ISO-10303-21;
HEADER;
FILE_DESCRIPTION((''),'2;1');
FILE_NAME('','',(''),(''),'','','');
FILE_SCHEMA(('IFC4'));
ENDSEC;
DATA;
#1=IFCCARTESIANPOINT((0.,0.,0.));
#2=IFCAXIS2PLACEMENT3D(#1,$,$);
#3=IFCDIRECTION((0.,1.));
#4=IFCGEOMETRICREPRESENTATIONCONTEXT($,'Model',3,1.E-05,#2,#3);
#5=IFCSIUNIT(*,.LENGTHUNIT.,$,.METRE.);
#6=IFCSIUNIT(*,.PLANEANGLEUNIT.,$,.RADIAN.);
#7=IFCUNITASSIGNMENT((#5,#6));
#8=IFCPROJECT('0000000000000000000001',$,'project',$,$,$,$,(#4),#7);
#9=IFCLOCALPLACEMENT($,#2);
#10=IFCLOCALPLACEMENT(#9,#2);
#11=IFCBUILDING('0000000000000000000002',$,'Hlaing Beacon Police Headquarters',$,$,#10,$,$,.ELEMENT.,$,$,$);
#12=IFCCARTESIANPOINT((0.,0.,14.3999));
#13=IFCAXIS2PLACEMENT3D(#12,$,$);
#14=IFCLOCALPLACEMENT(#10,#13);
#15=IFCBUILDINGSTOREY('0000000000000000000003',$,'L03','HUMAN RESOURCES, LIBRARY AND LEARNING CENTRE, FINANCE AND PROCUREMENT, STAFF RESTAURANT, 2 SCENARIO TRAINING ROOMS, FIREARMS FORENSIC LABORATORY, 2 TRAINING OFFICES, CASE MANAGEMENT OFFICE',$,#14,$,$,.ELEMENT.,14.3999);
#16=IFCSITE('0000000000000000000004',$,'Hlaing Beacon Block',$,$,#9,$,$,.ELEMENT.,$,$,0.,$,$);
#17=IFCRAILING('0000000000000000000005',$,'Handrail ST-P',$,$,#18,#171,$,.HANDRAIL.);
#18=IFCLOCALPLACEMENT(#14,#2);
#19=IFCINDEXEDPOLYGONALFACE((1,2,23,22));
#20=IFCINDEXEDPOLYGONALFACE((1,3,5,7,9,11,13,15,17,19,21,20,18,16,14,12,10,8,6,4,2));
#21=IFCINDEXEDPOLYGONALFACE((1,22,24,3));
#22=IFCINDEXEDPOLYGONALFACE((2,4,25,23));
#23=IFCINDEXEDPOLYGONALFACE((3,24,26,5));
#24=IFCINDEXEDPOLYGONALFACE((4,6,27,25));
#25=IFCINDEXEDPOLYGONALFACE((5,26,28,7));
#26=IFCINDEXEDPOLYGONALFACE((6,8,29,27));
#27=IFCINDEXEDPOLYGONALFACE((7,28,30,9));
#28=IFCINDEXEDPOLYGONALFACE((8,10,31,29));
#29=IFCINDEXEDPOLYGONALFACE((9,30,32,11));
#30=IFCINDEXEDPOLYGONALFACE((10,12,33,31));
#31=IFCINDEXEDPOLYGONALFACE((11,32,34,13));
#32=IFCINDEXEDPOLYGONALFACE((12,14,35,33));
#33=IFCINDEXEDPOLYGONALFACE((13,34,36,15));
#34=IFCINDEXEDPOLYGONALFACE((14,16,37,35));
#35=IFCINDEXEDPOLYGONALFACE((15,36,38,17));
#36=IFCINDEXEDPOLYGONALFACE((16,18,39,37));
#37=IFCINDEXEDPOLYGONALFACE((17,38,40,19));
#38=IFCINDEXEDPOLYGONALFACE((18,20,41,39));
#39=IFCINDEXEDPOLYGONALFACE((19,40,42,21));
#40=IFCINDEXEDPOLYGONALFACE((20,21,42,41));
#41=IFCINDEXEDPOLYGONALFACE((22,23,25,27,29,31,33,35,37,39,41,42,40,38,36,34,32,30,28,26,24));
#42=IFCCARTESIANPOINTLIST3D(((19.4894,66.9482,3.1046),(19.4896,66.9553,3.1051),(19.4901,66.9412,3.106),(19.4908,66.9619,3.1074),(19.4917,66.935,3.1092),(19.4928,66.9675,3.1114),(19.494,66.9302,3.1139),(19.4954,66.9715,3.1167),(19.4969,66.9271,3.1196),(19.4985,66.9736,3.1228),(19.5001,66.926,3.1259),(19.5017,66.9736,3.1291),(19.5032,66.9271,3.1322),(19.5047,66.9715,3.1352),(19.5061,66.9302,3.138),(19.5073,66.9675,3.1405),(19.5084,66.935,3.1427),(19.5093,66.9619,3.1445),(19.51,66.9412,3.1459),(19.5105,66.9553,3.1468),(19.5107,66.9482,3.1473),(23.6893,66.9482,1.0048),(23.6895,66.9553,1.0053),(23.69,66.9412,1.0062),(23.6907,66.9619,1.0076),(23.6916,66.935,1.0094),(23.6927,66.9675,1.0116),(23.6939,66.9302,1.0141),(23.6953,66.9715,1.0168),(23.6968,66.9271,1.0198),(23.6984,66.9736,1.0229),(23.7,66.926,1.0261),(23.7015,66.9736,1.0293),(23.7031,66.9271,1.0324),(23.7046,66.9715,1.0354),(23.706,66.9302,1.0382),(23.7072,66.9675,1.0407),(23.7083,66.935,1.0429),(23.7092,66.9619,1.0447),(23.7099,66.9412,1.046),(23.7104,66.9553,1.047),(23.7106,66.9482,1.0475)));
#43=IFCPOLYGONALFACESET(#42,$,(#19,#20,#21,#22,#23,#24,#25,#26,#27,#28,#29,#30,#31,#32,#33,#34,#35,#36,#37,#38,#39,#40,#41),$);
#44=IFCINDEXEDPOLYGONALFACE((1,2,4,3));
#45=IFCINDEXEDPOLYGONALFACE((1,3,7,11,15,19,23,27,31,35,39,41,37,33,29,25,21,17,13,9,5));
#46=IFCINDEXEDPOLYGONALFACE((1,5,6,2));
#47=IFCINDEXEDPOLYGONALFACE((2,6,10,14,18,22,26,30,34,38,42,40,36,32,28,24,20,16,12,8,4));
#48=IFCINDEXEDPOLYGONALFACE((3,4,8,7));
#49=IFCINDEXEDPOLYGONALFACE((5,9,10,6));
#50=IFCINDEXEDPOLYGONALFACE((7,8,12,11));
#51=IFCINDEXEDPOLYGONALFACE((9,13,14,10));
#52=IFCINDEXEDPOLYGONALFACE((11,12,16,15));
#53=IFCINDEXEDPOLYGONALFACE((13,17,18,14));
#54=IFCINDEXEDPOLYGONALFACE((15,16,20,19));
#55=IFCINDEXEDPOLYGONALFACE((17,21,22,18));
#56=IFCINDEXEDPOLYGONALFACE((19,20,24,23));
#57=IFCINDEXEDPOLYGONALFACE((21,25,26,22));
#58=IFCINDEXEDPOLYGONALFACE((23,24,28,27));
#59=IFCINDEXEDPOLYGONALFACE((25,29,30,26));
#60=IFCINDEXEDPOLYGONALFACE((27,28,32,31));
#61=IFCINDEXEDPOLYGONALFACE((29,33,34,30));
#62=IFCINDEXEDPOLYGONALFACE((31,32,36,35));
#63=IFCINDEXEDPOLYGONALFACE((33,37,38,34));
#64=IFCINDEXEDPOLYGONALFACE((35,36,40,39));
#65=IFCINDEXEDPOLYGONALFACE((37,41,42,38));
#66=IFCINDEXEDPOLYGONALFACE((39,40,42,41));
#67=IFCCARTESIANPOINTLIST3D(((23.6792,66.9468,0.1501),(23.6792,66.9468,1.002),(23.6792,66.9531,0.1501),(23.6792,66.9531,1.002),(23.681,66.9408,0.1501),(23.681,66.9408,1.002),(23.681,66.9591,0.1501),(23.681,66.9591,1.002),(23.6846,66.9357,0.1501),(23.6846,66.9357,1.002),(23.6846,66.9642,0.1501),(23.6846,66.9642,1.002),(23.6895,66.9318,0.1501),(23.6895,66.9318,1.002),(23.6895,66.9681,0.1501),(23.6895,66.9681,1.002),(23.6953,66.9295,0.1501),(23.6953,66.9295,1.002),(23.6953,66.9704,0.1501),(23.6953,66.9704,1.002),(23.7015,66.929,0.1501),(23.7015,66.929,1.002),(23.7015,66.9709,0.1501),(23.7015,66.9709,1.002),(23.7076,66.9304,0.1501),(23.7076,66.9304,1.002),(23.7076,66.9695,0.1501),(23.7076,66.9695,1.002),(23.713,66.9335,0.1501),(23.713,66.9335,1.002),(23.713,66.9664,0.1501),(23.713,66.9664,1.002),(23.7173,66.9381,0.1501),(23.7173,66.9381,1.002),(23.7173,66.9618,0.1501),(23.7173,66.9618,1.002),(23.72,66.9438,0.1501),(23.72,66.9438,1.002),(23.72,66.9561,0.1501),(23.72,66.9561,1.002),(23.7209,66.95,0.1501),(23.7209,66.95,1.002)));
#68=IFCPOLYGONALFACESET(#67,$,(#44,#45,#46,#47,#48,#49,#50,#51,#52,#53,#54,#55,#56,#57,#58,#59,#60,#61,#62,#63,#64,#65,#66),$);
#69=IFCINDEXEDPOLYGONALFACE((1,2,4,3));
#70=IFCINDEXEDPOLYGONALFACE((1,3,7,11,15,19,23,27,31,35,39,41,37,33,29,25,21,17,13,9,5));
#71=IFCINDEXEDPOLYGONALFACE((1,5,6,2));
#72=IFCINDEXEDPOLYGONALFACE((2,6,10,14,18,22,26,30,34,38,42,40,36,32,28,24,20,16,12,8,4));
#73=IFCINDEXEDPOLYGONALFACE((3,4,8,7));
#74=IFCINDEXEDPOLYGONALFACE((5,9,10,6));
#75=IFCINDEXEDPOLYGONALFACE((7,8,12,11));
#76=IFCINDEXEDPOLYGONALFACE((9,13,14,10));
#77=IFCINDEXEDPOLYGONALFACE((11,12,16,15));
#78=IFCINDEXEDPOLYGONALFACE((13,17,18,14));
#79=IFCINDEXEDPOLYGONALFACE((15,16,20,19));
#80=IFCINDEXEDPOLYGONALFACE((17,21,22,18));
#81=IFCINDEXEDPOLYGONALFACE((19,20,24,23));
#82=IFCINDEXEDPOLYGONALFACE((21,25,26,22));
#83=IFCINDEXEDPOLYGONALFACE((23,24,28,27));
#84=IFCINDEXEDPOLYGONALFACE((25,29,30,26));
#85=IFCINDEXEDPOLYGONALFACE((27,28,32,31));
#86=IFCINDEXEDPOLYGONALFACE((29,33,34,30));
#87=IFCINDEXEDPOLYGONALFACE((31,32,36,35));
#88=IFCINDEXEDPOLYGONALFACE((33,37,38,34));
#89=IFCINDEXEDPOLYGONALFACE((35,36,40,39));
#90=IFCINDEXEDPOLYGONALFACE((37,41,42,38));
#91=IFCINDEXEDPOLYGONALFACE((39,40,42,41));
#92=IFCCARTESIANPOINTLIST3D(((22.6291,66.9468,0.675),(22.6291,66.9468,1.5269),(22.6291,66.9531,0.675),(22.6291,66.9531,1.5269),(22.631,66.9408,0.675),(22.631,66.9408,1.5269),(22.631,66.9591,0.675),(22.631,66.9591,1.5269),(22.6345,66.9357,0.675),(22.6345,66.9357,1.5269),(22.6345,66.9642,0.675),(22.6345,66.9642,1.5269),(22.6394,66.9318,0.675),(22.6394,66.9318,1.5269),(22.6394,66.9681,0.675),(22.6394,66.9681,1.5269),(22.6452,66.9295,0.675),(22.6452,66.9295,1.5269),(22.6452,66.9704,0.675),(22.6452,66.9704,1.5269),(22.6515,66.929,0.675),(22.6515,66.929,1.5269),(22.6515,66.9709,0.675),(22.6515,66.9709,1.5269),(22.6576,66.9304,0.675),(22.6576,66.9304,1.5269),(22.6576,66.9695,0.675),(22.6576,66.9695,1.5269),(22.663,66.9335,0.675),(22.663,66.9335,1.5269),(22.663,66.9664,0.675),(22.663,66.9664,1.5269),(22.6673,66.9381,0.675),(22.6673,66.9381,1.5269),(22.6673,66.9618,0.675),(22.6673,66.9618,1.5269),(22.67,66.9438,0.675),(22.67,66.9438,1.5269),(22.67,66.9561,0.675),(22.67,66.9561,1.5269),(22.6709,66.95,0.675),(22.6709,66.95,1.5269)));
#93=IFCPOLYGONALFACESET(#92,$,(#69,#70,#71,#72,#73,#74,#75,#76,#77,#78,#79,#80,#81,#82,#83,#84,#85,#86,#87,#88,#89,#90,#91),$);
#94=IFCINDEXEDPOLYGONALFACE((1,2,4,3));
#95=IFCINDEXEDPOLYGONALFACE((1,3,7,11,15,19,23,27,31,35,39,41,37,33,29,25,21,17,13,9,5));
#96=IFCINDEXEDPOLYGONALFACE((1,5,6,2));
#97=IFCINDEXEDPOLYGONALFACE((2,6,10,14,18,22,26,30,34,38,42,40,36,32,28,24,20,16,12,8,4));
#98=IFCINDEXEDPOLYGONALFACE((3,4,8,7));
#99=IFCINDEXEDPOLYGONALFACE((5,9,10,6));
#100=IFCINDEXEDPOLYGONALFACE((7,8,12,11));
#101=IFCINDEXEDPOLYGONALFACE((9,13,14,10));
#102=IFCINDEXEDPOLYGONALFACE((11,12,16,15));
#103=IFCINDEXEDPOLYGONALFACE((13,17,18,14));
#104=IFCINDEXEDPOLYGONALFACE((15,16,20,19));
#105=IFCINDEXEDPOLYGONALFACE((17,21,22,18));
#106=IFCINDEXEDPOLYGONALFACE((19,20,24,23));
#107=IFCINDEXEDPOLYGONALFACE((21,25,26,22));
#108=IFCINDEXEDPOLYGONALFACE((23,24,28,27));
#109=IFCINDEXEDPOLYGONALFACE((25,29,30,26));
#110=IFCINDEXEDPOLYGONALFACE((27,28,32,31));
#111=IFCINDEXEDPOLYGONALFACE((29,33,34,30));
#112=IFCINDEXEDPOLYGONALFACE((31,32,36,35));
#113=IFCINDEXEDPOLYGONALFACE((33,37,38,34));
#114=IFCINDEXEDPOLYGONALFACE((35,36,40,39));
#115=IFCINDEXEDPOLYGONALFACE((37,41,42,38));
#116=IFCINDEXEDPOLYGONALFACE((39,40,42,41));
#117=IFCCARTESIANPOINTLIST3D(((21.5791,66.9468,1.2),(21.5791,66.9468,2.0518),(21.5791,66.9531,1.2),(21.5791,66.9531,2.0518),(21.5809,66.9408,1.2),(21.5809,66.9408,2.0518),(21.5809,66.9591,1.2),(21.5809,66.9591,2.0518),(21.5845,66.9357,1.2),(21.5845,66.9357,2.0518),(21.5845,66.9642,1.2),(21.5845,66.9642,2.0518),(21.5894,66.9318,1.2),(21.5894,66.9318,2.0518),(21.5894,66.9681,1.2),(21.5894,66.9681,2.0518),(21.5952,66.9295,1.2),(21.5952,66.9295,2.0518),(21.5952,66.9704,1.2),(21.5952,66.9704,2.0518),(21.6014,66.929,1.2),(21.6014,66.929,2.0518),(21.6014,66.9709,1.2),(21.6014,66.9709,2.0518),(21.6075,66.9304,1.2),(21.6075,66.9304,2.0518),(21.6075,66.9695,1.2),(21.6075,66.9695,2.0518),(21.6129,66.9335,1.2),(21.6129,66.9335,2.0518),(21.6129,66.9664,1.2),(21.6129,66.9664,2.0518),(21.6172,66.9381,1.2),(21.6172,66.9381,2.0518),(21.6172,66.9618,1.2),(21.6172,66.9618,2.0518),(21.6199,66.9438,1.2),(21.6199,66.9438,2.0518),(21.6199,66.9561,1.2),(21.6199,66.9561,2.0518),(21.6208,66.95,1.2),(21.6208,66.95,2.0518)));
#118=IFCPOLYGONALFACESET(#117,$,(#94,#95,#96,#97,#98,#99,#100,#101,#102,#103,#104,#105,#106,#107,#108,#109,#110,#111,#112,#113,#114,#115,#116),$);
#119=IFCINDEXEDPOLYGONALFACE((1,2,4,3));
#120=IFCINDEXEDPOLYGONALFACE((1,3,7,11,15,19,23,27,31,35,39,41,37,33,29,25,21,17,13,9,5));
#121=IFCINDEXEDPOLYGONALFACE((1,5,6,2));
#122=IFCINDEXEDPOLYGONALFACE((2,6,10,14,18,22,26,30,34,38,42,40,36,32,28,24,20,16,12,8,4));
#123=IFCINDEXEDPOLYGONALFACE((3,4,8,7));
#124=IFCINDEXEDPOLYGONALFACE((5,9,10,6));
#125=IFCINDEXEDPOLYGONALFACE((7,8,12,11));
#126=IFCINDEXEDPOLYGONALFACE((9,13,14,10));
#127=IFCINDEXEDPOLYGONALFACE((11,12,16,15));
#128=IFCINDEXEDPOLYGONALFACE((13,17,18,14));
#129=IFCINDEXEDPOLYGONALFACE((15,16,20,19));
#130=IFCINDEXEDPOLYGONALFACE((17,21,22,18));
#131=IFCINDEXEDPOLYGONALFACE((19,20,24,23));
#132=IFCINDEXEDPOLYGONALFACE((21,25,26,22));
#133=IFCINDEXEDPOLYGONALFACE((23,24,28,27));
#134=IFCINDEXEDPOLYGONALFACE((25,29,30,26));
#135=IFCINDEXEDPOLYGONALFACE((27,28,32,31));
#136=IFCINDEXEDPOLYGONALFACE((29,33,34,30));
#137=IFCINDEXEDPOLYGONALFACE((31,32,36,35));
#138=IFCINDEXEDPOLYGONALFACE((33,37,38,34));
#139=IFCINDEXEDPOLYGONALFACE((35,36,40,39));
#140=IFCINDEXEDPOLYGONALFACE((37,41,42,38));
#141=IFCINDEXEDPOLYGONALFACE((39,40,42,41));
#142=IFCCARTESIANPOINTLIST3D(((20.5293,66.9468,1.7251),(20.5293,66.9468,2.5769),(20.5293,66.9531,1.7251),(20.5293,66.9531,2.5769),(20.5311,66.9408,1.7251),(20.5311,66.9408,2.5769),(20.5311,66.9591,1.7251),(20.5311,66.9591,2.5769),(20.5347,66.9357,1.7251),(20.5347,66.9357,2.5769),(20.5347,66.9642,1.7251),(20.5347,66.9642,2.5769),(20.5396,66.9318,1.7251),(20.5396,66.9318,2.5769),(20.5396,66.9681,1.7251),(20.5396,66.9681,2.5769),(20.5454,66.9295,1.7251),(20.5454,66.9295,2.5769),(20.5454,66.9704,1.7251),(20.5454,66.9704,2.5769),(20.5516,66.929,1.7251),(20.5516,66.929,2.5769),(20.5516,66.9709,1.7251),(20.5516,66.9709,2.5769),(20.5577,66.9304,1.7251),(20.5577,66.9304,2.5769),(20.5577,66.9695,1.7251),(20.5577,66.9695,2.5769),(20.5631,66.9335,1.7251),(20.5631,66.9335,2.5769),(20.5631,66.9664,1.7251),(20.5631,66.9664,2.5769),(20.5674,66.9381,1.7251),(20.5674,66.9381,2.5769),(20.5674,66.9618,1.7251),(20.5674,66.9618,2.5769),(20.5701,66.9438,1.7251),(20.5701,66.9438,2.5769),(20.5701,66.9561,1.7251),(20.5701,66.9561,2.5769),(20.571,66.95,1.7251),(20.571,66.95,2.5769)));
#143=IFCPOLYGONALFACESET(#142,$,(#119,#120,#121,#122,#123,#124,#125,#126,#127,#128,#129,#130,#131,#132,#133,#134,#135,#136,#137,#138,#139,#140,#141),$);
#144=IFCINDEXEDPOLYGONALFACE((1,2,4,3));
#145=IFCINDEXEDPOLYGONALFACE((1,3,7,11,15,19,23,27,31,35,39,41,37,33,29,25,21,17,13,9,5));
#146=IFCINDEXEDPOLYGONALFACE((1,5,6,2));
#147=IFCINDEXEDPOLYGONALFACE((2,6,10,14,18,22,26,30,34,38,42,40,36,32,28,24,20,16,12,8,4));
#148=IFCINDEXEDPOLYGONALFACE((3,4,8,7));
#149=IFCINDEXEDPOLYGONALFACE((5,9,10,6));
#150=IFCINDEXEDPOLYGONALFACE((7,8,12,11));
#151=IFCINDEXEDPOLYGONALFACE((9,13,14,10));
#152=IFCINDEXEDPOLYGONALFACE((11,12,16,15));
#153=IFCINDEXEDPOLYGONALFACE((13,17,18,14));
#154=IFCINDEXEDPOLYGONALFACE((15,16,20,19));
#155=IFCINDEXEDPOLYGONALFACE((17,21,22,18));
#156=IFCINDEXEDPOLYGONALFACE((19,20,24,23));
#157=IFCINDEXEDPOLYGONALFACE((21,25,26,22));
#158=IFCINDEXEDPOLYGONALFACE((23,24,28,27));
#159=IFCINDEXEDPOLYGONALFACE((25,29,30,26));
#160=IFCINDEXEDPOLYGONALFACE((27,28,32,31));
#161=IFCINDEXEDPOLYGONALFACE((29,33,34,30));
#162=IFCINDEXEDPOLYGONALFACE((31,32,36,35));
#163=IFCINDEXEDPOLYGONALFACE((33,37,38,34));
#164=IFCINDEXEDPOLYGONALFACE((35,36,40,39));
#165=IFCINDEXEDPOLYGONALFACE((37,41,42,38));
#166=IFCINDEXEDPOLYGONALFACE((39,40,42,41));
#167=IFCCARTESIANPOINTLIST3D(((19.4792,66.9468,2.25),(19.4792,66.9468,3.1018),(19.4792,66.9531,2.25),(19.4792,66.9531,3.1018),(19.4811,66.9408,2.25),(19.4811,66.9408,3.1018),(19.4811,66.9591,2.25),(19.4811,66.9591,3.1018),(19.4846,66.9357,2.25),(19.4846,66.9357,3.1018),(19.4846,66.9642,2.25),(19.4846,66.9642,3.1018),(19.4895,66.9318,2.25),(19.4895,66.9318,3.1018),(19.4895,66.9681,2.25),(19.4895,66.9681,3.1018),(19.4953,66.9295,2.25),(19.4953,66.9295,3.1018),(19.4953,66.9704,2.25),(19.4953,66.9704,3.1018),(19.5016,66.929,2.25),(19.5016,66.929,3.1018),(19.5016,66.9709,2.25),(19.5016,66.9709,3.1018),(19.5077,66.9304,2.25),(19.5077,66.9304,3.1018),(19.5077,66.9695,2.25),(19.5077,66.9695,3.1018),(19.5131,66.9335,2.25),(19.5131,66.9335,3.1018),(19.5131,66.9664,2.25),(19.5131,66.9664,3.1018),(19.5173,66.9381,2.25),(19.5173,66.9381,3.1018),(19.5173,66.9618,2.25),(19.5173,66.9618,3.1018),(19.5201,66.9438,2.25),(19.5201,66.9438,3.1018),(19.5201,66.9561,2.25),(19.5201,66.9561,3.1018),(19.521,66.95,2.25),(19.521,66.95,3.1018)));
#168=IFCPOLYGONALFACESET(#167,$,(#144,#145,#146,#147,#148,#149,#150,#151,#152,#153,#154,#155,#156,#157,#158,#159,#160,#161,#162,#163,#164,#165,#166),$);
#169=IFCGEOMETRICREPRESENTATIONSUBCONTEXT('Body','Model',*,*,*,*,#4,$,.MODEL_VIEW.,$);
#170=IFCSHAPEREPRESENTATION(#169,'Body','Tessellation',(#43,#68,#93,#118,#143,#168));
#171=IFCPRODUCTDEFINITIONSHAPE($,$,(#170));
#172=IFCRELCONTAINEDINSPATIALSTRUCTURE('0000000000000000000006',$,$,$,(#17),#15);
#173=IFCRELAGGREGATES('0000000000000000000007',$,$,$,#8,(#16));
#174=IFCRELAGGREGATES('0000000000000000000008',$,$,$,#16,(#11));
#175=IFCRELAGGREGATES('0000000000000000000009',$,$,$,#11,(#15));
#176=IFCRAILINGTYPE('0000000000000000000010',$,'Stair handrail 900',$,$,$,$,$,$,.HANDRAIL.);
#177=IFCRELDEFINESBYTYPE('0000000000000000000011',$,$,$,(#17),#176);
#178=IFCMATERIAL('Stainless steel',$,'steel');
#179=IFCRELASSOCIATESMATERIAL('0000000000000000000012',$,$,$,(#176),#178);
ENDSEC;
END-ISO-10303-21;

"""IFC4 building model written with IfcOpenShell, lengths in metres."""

from ifc_helpers import new_model, si_unit, direction, frame, origin, origin_2d, place, context, subcontext, project, spatial, circle, extrude, material, type_object, element, save


model = new_model("IFC4")

# Units and contexts
model_context = context("Model", 3, precision=1e-05, world=origin(), true_north=direction((0.0, 1.0)))
body_context = subcontext(model_context, "Body", "Model", "MODEL_VIEW")
ifc_project = project(units=[si_unit("LENGTHUNIT", "METRE"), si_unit("PLANEANGLEUNIT", "RADIAN")], contexts=[model_context])

# Site, building, storey
site_placement = place(None, origin())
site = spatial("IfcSite", under=ifc_project, at=site_placement, Name="Hlaing Beacon Block", CompositionType="ELEMENT", RefElevation=0.0)
building_placement = place(site_placement, origin())
building = spatial("IfcBuilding", under=site, at=building_placement, Name="Hlaing Beacon Police Headquarters", CompositionType="ELEMENT")
storey_placement = place(building_placement, frame((0.0, 0.0, 14.3999)))
storey = spatial("IfcBuildingStorey", under=building, at=storey_placement, Name="L03", Description="HUMAN RESOURCES, LIBRARY AND LEARNING CENTRE, FINANCE AND PROCUREMENT, STAFF RESTAURANT, 2 SCENARIO TRAINING ROOMS, FIREARMS FORENSIC LABORATORY, 2 TRAINING OFFICES, CASE MANAGEMENT OFFICE", CompositionType="ELEMENT", Elevation=14.3999)

# Railing
ifc_material_1 = material(Name="Stainless steel", Category="steel")
railing_type = type_object("IfcRailingType", Name="Stair handrail 900", PredefinedType="HANDRAIL", material=ifc_material_1)
for number, where, name in (
    (1, (23.7, 66.95, 0.1501), "Handrail ST-P"),
):
    element("IfcRailing", number, at=place(storey_placement, frame(where)), inside=storey, type_object=railing_type, Name=name, PredefinedType="HANDRAIL", context=body_context, shape_type="SweptSolid", body=[
        extrude(circle(Radius=0.0239, at=origin_2d()), frame((0.0, 0.0, 0.876), z_axis=(-0.894438, 0.0, 0.447193), x_axis=(0.0, -1.0, 0.0)), (0.0, 0.0, 1.0), 4.6956),
        extrude(circle(Radius=0.021, at=origin_2d()), origin(), (0.0, 0.0, 1.0), 0.8518),
        extrude(circle(Radius=0.021, at=origin_2d()), frame((-1.05, 0.0, 0.5249)), (0.0, 0.0, 1.0), 0.8518),
        extrude(circle(Radius=0.021, at=origin_2d()), frame((-2.1001, 0.0, 1.0498)), (0.0, 0.0, 1.0), 0.8518),
        extrude(circle(Radius=0.021, at=origin_2d()), frame((-3.1499, 0.0, 1.575)), (0.0, 0.0, 1.0), 0.8518),
        extrude(circle(Radius=0.021, at=origin_2d()), frame((-4.2, 0.0, 2.0999)), (0.0, 0.0, 1.0), 0.8518),
    ])

save(model, "model.ifc")
